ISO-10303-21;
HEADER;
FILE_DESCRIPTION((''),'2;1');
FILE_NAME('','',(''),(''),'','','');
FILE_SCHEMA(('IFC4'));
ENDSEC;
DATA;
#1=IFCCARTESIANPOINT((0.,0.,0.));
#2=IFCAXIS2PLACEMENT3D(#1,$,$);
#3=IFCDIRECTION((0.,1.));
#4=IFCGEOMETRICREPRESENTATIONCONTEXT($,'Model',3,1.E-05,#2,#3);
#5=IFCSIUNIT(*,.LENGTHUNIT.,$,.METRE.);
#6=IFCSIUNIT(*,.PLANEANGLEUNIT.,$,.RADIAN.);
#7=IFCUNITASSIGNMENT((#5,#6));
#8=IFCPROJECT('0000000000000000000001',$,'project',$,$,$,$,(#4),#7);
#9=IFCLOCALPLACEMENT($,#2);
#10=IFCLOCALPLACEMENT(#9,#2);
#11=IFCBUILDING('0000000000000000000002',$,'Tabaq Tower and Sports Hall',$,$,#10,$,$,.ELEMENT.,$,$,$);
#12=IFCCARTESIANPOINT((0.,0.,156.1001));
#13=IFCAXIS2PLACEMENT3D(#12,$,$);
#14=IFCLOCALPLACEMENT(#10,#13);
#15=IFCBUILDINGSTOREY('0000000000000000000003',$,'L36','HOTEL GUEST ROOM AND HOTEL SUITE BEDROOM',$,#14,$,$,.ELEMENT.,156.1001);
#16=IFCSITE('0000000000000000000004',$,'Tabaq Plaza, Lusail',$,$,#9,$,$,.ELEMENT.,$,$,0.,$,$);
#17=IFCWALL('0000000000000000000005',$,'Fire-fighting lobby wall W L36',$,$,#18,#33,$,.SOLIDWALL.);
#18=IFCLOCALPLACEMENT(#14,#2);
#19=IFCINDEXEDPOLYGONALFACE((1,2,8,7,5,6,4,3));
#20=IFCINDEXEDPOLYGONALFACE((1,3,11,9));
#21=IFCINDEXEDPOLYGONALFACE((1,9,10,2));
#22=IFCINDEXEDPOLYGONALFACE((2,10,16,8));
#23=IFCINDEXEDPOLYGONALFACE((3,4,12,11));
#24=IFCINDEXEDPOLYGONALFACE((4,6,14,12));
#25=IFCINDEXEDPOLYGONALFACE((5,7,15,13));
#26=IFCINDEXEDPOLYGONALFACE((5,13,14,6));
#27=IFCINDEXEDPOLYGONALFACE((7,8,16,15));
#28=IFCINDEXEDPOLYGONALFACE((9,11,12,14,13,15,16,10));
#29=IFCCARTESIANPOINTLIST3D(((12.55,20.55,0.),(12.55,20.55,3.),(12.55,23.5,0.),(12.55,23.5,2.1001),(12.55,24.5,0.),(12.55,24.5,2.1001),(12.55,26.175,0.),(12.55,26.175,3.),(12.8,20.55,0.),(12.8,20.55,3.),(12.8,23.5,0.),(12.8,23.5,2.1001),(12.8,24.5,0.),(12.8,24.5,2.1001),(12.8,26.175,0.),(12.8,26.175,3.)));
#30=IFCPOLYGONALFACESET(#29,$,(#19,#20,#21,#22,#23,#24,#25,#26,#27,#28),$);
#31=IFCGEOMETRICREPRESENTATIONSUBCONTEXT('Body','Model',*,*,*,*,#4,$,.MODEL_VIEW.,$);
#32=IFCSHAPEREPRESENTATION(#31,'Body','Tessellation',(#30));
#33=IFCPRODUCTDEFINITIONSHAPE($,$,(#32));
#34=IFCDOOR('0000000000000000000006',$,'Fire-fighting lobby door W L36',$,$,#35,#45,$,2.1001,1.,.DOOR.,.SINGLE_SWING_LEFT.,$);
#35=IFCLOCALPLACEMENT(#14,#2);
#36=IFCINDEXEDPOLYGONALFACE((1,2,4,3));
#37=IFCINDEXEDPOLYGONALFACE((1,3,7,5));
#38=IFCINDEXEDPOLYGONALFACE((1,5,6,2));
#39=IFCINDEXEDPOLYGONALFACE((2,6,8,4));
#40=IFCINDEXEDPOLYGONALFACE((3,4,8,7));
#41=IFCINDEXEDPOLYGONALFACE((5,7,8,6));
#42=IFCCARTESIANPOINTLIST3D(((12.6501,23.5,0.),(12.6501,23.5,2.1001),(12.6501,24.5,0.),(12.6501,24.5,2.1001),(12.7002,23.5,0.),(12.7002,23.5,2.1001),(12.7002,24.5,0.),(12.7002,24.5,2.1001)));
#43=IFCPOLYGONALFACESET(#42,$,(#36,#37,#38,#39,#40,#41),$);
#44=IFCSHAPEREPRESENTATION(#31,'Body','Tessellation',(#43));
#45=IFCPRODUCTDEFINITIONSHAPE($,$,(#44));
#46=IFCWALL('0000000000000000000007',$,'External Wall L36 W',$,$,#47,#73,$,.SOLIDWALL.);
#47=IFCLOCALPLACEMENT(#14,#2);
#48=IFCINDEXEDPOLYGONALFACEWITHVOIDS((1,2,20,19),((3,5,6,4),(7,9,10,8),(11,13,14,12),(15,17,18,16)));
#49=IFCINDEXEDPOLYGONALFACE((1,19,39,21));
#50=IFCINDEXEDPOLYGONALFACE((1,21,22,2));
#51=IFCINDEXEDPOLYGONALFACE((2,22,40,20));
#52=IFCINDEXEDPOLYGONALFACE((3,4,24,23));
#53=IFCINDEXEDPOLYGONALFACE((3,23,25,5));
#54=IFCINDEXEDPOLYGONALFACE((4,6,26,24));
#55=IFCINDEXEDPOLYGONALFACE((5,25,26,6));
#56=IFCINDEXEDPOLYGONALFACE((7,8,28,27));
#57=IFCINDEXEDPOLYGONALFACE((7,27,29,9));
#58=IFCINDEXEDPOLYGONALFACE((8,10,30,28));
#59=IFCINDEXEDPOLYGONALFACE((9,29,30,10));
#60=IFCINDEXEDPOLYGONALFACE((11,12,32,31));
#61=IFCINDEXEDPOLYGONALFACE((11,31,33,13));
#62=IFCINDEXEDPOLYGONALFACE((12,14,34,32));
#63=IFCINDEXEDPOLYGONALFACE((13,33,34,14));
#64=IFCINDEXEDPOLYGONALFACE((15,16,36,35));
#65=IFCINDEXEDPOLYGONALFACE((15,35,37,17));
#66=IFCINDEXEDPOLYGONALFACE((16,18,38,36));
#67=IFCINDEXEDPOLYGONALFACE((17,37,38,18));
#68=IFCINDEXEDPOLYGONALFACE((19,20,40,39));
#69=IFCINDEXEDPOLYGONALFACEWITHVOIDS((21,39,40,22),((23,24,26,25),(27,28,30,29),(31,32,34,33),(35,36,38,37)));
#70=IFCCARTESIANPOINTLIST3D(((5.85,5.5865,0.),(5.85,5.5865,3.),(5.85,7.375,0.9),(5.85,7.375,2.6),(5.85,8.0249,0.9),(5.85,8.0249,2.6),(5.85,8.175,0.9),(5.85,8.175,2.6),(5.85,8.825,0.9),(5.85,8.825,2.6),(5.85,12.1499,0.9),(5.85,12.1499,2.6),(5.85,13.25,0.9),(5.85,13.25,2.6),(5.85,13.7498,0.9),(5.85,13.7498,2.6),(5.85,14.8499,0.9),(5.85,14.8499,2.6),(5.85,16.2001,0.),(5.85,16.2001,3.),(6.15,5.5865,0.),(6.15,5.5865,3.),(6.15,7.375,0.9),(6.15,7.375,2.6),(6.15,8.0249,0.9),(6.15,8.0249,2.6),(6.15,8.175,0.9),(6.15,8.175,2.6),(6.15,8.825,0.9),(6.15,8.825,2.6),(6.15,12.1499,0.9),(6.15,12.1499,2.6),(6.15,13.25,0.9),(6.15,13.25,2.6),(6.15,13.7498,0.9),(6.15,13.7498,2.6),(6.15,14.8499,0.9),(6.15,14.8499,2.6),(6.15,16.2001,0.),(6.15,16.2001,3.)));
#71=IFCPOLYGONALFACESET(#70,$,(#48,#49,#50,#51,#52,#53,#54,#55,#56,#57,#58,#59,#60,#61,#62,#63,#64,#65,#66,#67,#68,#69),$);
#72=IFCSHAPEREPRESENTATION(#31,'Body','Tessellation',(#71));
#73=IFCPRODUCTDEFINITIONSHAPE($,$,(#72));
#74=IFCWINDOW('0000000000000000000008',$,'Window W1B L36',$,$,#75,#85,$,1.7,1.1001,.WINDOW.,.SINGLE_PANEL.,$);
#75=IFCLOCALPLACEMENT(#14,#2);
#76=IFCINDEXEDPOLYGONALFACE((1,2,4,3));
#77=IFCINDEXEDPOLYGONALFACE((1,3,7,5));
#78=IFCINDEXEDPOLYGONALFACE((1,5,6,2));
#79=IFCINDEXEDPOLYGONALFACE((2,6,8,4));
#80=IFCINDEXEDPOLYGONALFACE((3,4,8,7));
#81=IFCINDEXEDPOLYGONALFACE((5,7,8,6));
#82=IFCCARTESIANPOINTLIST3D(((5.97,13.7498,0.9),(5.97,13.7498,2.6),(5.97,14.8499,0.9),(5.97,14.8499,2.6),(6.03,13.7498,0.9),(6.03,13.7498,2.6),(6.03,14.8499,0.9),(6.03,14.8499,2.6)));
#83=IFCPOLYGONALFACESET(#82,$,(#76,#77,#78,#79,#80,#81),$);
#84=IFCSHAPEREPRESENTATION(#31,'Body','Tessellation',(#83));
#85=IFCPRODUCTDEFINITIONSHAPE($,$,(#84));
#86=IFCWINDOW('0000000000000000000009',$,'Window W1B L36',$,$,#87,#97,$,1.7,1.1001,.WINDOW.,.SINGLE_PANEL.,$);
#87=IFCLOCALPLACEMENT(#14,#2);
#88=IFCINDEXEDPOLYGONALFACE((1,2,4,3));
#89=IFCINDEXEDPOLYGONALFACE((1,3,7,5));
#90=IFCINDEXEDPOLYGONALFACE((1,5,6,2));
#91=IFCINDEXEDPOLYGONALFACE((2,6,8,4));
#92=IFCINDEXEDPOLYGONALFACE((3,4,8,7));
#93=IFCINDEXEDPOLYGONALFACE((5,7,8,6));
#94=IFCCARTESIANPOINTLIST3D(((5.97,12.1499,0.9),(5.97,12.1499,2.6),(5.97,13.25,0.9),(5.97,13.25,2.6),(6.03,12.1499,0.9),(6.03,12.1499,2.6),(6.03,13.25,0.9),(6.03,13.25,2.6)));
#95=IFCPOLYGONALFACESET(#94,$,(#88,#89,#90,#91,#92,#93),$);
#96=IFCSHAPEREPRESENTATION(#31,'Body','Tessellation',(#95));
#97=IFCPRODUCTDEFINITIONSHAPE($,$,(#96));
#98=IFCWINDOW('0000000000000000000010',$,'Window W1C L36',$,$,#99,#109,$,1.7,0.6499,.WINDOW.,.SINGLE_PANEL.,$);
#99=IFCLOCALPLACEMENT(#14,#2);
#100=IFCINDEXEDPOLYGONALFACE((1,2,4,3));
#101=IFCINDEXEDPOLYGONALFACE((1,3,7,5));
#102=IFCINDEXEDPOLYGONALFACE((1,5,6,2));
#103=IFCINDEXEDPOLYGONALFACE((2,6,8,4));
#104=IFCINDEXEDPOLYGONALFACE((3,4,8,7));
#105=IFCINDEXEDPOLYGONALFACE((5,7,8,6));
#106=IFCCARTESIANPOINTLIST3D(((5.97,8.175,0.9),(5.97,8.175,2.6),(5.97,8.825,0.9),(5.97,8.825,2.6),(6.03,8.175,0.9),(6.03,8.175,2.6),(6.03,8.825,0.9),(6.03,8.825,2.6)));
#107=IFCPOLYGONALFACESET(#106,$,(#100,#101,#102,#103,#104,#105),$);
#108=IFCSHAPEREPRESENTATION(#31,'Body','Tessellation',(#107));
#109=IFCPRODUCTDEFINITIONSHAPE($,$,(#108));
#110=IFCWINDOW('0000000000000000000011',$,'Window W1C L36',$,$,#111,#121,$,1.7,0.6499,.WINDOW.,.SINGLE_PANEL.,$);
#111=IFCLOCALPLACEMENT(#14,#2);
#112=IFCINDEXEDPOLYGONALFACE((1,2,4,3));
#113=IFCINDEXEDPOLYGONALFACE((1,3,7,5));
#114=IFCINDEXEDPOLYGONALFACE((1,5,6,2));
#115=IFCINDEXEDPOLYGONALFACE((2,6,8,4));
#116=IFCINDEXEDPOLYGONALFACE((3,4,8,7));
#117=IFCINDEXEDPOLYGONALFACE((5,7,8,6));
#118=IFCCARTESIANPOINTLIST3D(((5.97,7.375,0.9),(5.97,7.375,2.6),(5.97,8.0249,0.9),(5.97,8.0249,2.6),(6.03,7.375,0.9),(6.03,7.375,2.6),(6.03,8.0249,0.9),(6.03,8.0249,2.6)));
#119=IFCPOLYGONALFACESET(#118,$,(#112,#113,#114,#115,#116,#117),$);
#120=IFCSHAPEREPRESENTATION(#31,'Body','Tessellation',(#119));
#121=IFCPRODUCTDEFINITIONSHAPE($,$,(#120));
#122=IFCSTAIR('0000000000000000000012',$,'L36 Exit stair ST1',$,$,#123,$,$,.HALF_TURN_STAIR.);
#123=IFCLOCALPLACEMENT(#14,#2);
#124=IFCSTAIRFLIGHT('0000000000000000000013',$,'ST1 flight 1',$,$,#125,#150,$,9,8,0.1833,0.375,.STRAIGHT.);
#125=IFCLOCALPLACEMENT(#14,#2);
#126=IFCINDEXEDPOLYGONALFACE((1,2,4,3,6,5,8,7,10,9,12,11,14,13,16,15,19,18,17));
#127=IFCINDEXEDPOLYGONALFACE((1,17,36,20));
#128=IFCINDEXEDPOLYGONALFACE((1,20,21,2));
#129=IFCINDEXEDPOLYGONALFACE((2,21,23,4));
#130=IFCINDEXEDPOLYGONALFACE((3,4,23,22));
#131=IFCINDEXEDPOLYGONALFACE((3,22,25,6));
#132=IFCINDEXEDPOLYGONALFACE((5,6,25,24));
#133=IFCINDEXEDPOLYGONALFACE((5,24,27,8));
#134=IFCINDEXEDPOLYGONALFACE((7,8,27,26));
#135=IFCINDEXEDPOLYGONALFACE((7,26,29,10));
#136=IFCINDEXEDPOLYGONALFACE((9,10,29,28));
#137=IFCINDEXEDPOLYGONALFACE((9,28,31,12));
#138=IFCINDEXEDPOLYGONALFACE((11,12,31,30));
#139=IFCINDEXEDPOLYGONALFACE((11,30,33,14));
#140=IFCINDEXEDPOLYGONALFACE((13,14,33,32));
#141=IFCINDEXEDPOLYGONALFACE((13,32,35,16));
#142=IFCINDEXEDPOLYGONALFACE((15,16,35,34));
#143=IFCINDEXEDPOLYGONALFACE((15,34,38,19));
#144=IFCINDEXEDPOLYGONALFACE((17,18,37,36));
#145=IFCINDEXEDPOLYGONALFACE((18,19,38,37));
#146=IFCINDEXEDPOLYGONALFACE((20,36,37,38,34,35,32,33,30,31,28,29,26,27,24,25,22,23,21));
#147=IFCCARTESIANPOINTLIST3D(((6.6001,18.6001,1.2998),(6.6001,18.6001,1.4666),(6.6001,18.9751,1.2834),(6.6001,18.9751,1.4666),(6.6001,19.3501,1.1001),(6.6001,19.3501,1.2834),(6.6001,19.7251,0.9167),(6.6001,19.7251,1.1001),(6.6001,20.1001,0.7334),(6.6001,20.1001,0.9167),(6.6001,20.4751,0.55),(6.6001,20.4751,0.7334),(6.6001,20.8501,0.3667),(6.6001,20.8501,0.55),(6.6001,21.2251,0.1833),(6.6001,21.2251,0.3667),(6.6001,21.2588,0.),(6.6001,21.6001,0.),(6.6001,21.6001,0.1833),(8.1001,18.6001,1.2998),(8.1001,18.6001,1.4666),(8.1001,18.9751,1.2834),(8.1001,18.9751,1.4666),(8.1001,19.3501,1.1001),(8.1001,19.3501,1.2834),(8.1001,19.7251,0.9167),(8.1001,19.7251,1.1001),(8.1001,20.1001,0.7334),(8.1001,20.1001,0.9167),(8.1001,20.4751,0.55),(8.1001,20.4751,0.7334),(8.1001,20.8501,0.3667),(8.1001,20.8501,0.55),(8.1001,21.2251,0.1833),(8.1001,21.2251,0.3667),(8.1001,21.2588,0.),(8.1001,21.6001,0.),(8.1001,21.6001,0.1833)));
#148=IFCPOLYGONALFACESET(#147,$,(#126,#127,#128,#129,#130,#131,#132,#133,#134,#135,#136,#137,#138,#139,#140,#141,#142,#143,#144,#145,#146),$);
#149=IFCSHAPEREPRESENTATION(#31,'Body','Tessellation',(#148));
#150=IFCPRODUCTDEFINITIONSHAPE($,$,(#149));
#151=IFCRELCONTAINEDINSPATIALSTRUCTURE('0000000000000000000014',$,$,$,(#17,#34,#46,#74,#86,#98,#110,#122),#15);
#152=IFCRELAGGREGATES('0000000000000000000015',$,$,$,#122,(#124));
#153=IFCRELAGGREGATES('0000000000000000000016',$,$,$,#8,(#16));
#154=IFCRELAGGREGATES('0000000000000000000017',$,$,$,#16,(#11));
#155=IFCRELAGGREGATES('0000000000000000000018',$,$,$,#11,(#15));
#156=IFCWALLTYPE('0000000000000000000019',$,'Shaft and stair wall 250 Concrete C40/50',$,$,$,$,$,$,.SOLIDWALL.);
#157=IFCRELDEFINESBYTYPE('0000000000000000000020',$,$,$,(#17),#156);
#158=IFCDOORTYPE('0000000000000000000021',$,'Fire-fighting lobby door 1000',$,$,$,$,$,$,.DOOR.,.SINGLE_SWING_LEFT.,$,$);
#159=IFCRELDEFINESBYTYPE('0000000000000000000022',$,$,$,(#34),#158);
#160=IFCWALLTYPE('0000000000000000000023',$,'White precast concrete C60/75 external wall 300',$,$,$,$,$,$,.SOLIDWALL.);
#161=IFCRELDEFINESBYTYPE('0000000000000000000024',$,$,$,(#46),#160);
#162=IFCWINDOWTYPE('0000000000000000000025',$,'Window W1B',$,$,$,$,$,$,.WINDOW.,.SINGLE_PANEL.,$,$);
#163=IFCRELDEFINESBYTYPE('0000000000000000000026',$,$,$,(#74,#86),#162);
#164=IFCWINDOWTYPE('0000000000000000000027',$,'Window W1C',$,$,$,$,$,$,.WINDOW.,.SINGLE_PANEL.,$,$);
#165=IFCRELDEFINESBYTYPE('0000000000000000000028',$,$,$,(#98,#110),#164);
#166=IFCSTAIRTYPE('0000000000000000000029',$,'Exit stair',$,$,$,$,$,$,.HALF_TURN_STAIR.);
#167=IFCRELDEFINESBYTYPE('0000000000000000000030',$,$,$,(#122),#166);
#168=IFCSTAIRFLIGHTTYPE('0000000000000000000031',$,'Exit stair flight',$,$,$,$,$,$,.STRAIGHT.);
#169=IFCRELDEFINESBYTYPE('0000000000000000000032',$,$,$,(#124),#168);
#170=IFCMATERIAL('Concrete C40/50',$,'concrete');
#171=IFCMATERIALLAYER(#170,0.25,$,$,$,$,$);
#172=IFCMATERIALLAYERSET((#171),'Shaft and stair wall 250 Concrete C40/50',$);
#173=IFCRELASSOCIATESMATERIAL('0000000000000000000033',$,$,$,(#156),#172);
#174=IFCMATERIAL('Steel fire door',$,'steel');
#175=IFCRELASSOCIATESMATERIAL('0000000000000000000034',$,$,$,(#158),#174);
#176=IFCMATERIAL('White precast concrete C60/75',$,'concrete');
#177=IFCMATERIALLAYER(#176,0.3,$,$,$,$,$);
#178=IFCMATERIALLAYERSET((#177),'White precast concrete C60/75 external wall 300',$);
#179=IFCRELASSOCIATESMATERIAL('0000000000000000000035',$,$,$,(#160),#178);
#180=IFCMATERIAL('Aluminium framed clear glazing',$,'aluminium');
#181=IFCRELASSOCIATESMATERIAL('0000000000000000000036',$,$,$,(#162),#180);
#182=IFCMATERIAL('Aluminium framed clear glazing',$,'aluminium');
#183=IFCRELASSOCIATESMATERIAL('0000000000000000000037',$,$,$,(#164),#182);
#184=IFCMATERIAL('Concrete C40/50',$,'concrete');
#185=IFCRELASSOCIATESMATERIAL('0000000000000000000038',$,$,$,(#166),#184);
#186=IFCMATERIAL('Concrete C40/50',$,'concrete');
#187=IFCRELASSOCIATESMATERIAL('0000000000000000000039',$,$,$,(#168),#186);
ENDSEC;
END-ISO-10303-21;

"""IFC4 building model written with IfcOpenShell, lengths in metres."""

from ifc_helpers import new_model, si_unit, direction, frame, frame_2d, origin, place, context, subcontext, project, spatial, polyline, rectangle, outline, extrude, material, layer, layer_set, type_object, element, fill, aggregate, save


model = new_model("IFC4")

# Units and contexts
model_context = context("Model", 3, precision=1e-05, world=origin(), true_north=direction((0.0, 1.0)))
body_context = subcontext(model_context, "Body", "Model", "MODEL_VIEW")
ifc_project = project(units=[si_unit("LENGTHUNIT", "METRE"), si_unit("PLANEANGLEUNIT", "RADIAN")], contexts=[model_context])

# Site, building, storey
site_placement = place(None, origin())
site = spatial("IfcSite", under=ifc_project, at=site_placement, Name="Tabaq Plaza, Lusail", CompositionType="ELEMENT", RefElevation=0.0)
building_placement = place(site_placement, origin())
building = spatial("IfcBuilding", under=site, at=building_placement, Name="Tabaq Tower and Sports Hall", CompositionType="ELEMENT")
storey_placement = place(building_placement, frame((0.0, 0.0, 156.1001)))
storey = spatial("IfcBuildingStorey", under=building, at=storey_placement, Name="L36", Description="HOTEL GUEST ROOM AND HOTEL SUITE BEDROOM", CompositionType="ELEMENT", Elevation=156.1001)

# Shared definitions
ifc_material_1 = material(Name="Concrete C40/50", Category="concrete")
ifc_layer_1 = layer(ifc_material_1, 0.25)
ifc_layer_set_1 = layer_set([ifc_layer_1], Name="Shaft and stair wall 250 Concrete C40/50")
wall_type_1 = type_object("IfcWallType", Name="Shaft and stair wall 250 Concrete C40/50", PredefinedType="SOLIDWALL", material=ifc_layer_set_1)

# Wall, opening, door
wall_1_placement = place(storey_placement, frame((12.675, 20.55, 0.0), z_axis=(0.0, 0.0, 1.0), x_axis=(0.0, 1.0, 0.0)))
wall_1 = element("IfcWall", 1, at=wall_1_placement, inside=storey, type_object=wall_type_1, Name="Fire-fighting lobby wall W L36", PredefinedType="SOLIDWALL", context=body_context, shape_type="SweptSolid", body=[
    extrude(rectangle(XDim=5.625, YDim=0.25, at=frame_2d((2.8125, 0.0))), origin(), (0.0, 0.0, 1.0), 3.0),
])
opening_1_placement = place(wall_1_placement, frame((2.95, 0.0, 0.0)))
opening_1 = element("IfcOpeningElement", 2, at=opening_1_placement, cuts=wall_1, PredefinedType="OPENING", context=body_context, shape_type="SweptSolid", body=[
    extrude(rectangle(XDim=1.0, YDim=2.1001, at=frame_2d((0.5, 1.05))), frame((0.0, 0.125, 0.0), z_axis=(0.0, -1.0, 0.0), x_axis=(1.0, 0.0, 0.0)), (0.0, 0.0, 1.0), 0.25),
])
ifc_material_2 = material(Name="Steel fire door", Category="steel")
door_type_1 = type_object("IfcDoorType", Name="Fire-fighting lobby door 1000", OperationType="SINGLE_SWING_LEFT", PredefinedType="DOOR", material=ifc_material_2)
door_1_placement = place(opening_1_placement, origin())
door_1 = element("IfcDoor", 3, at=door_1_placement, inside=storey, type_object=door_type_1, Name="Fire-fighting lobby door W L36", OperationType="SINGLE_SWING_LEFT", OverallHeight=2.1001, OverallWidth=1.0, PredefinedType="DOOR", context=body_context, shape_type="SweptSolid", body=[
    extrude(rectangle(XDim=1.0, YDim=2.1001, at=frame_2d((0.5, 1.05))), frame((0.0, 0.0249, 0.0), z_axis=(0.0, -1.0, 0.0), x_axis=(1.0, 0.0, 0.0)), (0.0, 0.0, 1.0), 0.05),
])
fill(opening_1, door_1)

# Wall, openings, windows
ifc_material_3 = material(Name="White precast concrete C60/75", Category="concrete")
ifc_layer_2 = layer(ifc_material_3, 0.3)
ifc_layer_set_2 = layer_set([ifc_layer_2], Name="White precast concrete C60/75 external wall 300")
wall_type_2 = type_object("IfcWallType", Name="White precast concrete C60/75 external wall 300", PredefinedType="SOLIDWALL", material=ifc_layer_set_2)
wall_2_placement = place(storey_placement, frame((6.0, 16.2, 0.0), z_axis=(0.0, 0.0, 1.0), x_axis=(0.0, -1.0, 0.0)))
wall_2 = element("IfcWall", 4, at=wall_2_placement, inside=storey, type_object=wall_type_2, Name="External Wall L36 W", PredefinedType="SOLIDWALL", context=body_context, shape_type="SweptSolid", body=[
    extrude(rectangle(XDim=10.6135, YDim=0.3, at=frame_2d((5.3066, 0.0))), origin(), (0.0, 0.0, 1.0), 3.0),
])
opening_2_placement = place(wall_2_placement, frame((1.3501, 0.0, 0.8999)))
opening_2 = element("IfcOpeningElement", 5, at=opening_2_placement, cuts=wall_2, PredefinedType="OPENING", context=body_context, shape_type="SweptSolid", body=[
    extrude(rectangle(XDim=1.1001, YDim=1.7, at=frame_2d((0.55, 0.8501))), frame((0.0, 0.1602, 0.0), z_axis=(0.0, -1.0, 0.0), x_axis=(1.0, 0.0, 0.0)), (0.0, 0.0, 1.0), 0.3201),
])
opening_3_placement = place(wall_2_placement, frame((2.95, 0.0, 0.8999)))
opening_3 = element("IfcOpeningElement", 6, at=opening_3_placement, cuts=wall_2, PredefinedType="OPENING", context=body_context, shape_type="SweptSolid", body=[
    extrude(rectangle(XDim=1.1001, YDim=1.7, at=frame_2d((0.55, 0.8501))), frame((0.0, 0.1602, 0.0), z_axis=(0.0, -1.0, 0.0), x_axis=(1.0, 0.0, 0.0)), (0.0, 0.0, 1.0), 0.3201),
])
opening_4_placement = place(wall_2_placement, frame((7.375, 0.0, 0.8999)))
opening_4 = element("IfcOpeningElement", 7, at=opening_4_placement, cuts=wall_2, PredefinedType="OPENING", context=body_context, shape_type="SweptSolid", body=[
    extrude(rectangle(XDim=0.6499, YDim=1.7, at=frame_2d((0.325, 0.8501))), frame((0.0, 0.1602, 0.0), z_axis=(0.0, -1.0, 0.0), x_axis=(1.0, 0.0, 0.0)), (0.0, 0.0, 1.0), 0.3201),
])
opening_5_placement = place(wall_2_placement, frame((8.175, 0.0, 0.8999)))
opening_5 = element("IfcOpeningElement", 8, at=opening_5_placement, cuts=wall_2, PredefinedType="OPENING", context=body_context, shape_type="SweptSolid", body=[
    extrude(rectangle(XDim=0.6499, YDim=1.7, at=frame_2d((0.325, 0.8501))), frame((0.0, 0.1602, 0.0), z_axis=(0.0, -1.0, 0.0), x_axis=(1.0, 0.0, 0.0)), (0.0, 0.0, 1.0), 0.3201),
])
ifc_material_4 = material(Name="Aluminium framed clear glazing", Category="aluminium")
window_type_1 = type_object("IfcWindowType", Name="Window W1B", PartitioningType="SINGLE_PANEL", PredefinedType="WINDOW", material=ifc_material_4)
window_1_placement = place(opening_2_placement, origin())
window_1 = element("IfcWindow", 9, at=window_1_placement, inside=storey, type_object=window_type_1, Name="Window W1B L36", OverallHeight=1.7, OverallWidth=1.1001, PartitioningType="SINGLE_PANEL", PredefinedType="WINDOW", context=body_context, shape_type="SweptSolid", body=[
    extrude(rectangle(XDim=1.1001, YDim=1.7, at=frame_2d((0.55, 0.8501))), frame((0.0, 0.03, 0.0), z_axis=(0.0, -1.0, 0.0), x_axis=(1.0, 0.0, 0.0)), (0.0, 0.0, 1.0), 0.0601),
])
fill(opening_2, window_1)
window_2_placement = place(opening_3_placement, origin())
window_2 = element("IfcWindow", 10, at=window_2_placement, inside=storey, type_object=window_type_1, Name="Window W1B L36", OverallHeight=1.7, OverallWidth=1.1001, PartitioningType="SINGLE_PANEL", PredefinedType="WINDOW", context=body_context, shape_type="SweptSolid", body=[
    extrude(rectangle(XDim=1.1001, YDim=1.7, at=frame_2d((0.55, 0.8501))), frame((0.0, 0.03, 0.0), z_axis=(0.0, -1.0, 0.0), x_axis=(1.0, 0.0, 0.0)), (0.0, 0.0, 1.0), 0.0601),
])
fill(opening_3, window_2)
ifc_material_5 = material(Name="Aluminium framed clear glazing", Category="aluminium")
window_type_2 = type_object("IfcWindowType", Name="Window W1C", PartitioningType="SINGLE_PANEL", PredefinedType="WINDOW", material=ifc_material_5)
window_3_placement = place(opening_4_placement, origin())
window_3 = element("IfcWindow", 11, at=window_3_placement, inside=storey, type_object=window_type_2, Name="Window W1C L36", OverallHeight=1.7, OverallWidth=0.6499, PartitioningType="SINGLE_PANEL", PredefinedType="WINDOW", context=body_context, shape_type="SweptSolid", body=[
    extrude(rectangle(XDim=0.6499, YDim=1.7, at=frame_2d((0.325, 0.8501))), frame((0.0, 0.03, 0.0), z_axis=(0.0, -1.0, 0.0), x_axis=(1.0, 0.0, 0.0)), (0.0, 0.0, 1.0), 0.0601),
])
fill(opening_4, window_3)
window_4_placement = place(opening_5_placement, origin())
window_4 = element("IfcWindow", 12, at=window_4_placement, inside=storey, type_object=window_type_2, Name="Window W1C L36", OverallHeight=1.7, OverallWidth=0.6499, PartitioningType="SINGLE_PANEL", PredefinedType="WINDOW", context=body_context, shape_type="SweptSolid", body=[
    extrude(rectangle(XDim=0.6499, YDim=1.7, at=frame_2d((0.325, 0.8501))), frame((0.0, 0.03, 0.0), z_axis=(0.0, -1.0, 0.0), x_axis=(1.0, 0.0, 0.0)), (0.0, 0.0, 1.0), 0.0601),
])
fill(opening_5, window_4)

# Stair, stair flight
ifc_material_6 = material(Name="Concrete C40/50", Category="concrete")
stair_type = type_object("IfcStairType", Name="Exit stair", PredefinedType="HALF_TURN_STAIR", material=ifc_material_6)
stair_placement = place(storey_placement, origin())
stair = element("IfcStair", 13, at=stair_placement, inside=storey, type_object=stair_type, Name="L36 Exit stair ST1", PredefinedType="HALF_TURN_STAIR")
ifc_material_7 = material(Name="Concrete C40/50", Category="concrete")
stair_flight_type = type_object("IfcStairFlightType", Name="Exit stair flight", PredefinedType="STRAIGHT", material=ifc_material_7)
stair_flight_1_placement = place(storey_placement, frame((7.3501, 21.6001, 0.0), z_axis=(0.0, 0.0, 1.0), x_axis=(0.0, -1.0, 0.0)))
stair_flight_1 = element("IfcStairFlight", 14, at=stair_flight_1_placement, type_object=stair_flight_type, Name="ST1 flight 1", NumberOfRisers=9, NumberOfTreads=8, PredefinedType="STRAIGHT", RiserHeight=0.1833, TreadLength=0.375, context=body_context, shape_type="SweptSolid", body=[
    extrude(outline(polyline([(0.0, 0.0), (0.0, 0.1833), (0.375, 0.1833), (0.375, 0.3667), (0.75, 0.3667), (0.75, 0.55), (1.125, 0.55), (1.125, 0.7334), (1.5, 0.7334), (1.5, 0.9167), (1.875, 0.9167), (1.875, 1.1001), (2.25, 1.1001), (2.25, 1.2834), (2.625, 1.2834), (2.625, 1.4666), (3.0, 1.4666), (3.0, 1.6499), (3.0, 1.2998), (0.3413, 0.0), (0.0, 0.0)])), frame((0.0, 0.75, 0.0), z_axis=(0.0, -1.0, 0.0), x_axis=(1.0, 0.0, 0.0)), (0.0, 0.0, 1.0), 1.5),
])
aggregate(stair, [stair_flight_1])

save(model, "model.ifc")
